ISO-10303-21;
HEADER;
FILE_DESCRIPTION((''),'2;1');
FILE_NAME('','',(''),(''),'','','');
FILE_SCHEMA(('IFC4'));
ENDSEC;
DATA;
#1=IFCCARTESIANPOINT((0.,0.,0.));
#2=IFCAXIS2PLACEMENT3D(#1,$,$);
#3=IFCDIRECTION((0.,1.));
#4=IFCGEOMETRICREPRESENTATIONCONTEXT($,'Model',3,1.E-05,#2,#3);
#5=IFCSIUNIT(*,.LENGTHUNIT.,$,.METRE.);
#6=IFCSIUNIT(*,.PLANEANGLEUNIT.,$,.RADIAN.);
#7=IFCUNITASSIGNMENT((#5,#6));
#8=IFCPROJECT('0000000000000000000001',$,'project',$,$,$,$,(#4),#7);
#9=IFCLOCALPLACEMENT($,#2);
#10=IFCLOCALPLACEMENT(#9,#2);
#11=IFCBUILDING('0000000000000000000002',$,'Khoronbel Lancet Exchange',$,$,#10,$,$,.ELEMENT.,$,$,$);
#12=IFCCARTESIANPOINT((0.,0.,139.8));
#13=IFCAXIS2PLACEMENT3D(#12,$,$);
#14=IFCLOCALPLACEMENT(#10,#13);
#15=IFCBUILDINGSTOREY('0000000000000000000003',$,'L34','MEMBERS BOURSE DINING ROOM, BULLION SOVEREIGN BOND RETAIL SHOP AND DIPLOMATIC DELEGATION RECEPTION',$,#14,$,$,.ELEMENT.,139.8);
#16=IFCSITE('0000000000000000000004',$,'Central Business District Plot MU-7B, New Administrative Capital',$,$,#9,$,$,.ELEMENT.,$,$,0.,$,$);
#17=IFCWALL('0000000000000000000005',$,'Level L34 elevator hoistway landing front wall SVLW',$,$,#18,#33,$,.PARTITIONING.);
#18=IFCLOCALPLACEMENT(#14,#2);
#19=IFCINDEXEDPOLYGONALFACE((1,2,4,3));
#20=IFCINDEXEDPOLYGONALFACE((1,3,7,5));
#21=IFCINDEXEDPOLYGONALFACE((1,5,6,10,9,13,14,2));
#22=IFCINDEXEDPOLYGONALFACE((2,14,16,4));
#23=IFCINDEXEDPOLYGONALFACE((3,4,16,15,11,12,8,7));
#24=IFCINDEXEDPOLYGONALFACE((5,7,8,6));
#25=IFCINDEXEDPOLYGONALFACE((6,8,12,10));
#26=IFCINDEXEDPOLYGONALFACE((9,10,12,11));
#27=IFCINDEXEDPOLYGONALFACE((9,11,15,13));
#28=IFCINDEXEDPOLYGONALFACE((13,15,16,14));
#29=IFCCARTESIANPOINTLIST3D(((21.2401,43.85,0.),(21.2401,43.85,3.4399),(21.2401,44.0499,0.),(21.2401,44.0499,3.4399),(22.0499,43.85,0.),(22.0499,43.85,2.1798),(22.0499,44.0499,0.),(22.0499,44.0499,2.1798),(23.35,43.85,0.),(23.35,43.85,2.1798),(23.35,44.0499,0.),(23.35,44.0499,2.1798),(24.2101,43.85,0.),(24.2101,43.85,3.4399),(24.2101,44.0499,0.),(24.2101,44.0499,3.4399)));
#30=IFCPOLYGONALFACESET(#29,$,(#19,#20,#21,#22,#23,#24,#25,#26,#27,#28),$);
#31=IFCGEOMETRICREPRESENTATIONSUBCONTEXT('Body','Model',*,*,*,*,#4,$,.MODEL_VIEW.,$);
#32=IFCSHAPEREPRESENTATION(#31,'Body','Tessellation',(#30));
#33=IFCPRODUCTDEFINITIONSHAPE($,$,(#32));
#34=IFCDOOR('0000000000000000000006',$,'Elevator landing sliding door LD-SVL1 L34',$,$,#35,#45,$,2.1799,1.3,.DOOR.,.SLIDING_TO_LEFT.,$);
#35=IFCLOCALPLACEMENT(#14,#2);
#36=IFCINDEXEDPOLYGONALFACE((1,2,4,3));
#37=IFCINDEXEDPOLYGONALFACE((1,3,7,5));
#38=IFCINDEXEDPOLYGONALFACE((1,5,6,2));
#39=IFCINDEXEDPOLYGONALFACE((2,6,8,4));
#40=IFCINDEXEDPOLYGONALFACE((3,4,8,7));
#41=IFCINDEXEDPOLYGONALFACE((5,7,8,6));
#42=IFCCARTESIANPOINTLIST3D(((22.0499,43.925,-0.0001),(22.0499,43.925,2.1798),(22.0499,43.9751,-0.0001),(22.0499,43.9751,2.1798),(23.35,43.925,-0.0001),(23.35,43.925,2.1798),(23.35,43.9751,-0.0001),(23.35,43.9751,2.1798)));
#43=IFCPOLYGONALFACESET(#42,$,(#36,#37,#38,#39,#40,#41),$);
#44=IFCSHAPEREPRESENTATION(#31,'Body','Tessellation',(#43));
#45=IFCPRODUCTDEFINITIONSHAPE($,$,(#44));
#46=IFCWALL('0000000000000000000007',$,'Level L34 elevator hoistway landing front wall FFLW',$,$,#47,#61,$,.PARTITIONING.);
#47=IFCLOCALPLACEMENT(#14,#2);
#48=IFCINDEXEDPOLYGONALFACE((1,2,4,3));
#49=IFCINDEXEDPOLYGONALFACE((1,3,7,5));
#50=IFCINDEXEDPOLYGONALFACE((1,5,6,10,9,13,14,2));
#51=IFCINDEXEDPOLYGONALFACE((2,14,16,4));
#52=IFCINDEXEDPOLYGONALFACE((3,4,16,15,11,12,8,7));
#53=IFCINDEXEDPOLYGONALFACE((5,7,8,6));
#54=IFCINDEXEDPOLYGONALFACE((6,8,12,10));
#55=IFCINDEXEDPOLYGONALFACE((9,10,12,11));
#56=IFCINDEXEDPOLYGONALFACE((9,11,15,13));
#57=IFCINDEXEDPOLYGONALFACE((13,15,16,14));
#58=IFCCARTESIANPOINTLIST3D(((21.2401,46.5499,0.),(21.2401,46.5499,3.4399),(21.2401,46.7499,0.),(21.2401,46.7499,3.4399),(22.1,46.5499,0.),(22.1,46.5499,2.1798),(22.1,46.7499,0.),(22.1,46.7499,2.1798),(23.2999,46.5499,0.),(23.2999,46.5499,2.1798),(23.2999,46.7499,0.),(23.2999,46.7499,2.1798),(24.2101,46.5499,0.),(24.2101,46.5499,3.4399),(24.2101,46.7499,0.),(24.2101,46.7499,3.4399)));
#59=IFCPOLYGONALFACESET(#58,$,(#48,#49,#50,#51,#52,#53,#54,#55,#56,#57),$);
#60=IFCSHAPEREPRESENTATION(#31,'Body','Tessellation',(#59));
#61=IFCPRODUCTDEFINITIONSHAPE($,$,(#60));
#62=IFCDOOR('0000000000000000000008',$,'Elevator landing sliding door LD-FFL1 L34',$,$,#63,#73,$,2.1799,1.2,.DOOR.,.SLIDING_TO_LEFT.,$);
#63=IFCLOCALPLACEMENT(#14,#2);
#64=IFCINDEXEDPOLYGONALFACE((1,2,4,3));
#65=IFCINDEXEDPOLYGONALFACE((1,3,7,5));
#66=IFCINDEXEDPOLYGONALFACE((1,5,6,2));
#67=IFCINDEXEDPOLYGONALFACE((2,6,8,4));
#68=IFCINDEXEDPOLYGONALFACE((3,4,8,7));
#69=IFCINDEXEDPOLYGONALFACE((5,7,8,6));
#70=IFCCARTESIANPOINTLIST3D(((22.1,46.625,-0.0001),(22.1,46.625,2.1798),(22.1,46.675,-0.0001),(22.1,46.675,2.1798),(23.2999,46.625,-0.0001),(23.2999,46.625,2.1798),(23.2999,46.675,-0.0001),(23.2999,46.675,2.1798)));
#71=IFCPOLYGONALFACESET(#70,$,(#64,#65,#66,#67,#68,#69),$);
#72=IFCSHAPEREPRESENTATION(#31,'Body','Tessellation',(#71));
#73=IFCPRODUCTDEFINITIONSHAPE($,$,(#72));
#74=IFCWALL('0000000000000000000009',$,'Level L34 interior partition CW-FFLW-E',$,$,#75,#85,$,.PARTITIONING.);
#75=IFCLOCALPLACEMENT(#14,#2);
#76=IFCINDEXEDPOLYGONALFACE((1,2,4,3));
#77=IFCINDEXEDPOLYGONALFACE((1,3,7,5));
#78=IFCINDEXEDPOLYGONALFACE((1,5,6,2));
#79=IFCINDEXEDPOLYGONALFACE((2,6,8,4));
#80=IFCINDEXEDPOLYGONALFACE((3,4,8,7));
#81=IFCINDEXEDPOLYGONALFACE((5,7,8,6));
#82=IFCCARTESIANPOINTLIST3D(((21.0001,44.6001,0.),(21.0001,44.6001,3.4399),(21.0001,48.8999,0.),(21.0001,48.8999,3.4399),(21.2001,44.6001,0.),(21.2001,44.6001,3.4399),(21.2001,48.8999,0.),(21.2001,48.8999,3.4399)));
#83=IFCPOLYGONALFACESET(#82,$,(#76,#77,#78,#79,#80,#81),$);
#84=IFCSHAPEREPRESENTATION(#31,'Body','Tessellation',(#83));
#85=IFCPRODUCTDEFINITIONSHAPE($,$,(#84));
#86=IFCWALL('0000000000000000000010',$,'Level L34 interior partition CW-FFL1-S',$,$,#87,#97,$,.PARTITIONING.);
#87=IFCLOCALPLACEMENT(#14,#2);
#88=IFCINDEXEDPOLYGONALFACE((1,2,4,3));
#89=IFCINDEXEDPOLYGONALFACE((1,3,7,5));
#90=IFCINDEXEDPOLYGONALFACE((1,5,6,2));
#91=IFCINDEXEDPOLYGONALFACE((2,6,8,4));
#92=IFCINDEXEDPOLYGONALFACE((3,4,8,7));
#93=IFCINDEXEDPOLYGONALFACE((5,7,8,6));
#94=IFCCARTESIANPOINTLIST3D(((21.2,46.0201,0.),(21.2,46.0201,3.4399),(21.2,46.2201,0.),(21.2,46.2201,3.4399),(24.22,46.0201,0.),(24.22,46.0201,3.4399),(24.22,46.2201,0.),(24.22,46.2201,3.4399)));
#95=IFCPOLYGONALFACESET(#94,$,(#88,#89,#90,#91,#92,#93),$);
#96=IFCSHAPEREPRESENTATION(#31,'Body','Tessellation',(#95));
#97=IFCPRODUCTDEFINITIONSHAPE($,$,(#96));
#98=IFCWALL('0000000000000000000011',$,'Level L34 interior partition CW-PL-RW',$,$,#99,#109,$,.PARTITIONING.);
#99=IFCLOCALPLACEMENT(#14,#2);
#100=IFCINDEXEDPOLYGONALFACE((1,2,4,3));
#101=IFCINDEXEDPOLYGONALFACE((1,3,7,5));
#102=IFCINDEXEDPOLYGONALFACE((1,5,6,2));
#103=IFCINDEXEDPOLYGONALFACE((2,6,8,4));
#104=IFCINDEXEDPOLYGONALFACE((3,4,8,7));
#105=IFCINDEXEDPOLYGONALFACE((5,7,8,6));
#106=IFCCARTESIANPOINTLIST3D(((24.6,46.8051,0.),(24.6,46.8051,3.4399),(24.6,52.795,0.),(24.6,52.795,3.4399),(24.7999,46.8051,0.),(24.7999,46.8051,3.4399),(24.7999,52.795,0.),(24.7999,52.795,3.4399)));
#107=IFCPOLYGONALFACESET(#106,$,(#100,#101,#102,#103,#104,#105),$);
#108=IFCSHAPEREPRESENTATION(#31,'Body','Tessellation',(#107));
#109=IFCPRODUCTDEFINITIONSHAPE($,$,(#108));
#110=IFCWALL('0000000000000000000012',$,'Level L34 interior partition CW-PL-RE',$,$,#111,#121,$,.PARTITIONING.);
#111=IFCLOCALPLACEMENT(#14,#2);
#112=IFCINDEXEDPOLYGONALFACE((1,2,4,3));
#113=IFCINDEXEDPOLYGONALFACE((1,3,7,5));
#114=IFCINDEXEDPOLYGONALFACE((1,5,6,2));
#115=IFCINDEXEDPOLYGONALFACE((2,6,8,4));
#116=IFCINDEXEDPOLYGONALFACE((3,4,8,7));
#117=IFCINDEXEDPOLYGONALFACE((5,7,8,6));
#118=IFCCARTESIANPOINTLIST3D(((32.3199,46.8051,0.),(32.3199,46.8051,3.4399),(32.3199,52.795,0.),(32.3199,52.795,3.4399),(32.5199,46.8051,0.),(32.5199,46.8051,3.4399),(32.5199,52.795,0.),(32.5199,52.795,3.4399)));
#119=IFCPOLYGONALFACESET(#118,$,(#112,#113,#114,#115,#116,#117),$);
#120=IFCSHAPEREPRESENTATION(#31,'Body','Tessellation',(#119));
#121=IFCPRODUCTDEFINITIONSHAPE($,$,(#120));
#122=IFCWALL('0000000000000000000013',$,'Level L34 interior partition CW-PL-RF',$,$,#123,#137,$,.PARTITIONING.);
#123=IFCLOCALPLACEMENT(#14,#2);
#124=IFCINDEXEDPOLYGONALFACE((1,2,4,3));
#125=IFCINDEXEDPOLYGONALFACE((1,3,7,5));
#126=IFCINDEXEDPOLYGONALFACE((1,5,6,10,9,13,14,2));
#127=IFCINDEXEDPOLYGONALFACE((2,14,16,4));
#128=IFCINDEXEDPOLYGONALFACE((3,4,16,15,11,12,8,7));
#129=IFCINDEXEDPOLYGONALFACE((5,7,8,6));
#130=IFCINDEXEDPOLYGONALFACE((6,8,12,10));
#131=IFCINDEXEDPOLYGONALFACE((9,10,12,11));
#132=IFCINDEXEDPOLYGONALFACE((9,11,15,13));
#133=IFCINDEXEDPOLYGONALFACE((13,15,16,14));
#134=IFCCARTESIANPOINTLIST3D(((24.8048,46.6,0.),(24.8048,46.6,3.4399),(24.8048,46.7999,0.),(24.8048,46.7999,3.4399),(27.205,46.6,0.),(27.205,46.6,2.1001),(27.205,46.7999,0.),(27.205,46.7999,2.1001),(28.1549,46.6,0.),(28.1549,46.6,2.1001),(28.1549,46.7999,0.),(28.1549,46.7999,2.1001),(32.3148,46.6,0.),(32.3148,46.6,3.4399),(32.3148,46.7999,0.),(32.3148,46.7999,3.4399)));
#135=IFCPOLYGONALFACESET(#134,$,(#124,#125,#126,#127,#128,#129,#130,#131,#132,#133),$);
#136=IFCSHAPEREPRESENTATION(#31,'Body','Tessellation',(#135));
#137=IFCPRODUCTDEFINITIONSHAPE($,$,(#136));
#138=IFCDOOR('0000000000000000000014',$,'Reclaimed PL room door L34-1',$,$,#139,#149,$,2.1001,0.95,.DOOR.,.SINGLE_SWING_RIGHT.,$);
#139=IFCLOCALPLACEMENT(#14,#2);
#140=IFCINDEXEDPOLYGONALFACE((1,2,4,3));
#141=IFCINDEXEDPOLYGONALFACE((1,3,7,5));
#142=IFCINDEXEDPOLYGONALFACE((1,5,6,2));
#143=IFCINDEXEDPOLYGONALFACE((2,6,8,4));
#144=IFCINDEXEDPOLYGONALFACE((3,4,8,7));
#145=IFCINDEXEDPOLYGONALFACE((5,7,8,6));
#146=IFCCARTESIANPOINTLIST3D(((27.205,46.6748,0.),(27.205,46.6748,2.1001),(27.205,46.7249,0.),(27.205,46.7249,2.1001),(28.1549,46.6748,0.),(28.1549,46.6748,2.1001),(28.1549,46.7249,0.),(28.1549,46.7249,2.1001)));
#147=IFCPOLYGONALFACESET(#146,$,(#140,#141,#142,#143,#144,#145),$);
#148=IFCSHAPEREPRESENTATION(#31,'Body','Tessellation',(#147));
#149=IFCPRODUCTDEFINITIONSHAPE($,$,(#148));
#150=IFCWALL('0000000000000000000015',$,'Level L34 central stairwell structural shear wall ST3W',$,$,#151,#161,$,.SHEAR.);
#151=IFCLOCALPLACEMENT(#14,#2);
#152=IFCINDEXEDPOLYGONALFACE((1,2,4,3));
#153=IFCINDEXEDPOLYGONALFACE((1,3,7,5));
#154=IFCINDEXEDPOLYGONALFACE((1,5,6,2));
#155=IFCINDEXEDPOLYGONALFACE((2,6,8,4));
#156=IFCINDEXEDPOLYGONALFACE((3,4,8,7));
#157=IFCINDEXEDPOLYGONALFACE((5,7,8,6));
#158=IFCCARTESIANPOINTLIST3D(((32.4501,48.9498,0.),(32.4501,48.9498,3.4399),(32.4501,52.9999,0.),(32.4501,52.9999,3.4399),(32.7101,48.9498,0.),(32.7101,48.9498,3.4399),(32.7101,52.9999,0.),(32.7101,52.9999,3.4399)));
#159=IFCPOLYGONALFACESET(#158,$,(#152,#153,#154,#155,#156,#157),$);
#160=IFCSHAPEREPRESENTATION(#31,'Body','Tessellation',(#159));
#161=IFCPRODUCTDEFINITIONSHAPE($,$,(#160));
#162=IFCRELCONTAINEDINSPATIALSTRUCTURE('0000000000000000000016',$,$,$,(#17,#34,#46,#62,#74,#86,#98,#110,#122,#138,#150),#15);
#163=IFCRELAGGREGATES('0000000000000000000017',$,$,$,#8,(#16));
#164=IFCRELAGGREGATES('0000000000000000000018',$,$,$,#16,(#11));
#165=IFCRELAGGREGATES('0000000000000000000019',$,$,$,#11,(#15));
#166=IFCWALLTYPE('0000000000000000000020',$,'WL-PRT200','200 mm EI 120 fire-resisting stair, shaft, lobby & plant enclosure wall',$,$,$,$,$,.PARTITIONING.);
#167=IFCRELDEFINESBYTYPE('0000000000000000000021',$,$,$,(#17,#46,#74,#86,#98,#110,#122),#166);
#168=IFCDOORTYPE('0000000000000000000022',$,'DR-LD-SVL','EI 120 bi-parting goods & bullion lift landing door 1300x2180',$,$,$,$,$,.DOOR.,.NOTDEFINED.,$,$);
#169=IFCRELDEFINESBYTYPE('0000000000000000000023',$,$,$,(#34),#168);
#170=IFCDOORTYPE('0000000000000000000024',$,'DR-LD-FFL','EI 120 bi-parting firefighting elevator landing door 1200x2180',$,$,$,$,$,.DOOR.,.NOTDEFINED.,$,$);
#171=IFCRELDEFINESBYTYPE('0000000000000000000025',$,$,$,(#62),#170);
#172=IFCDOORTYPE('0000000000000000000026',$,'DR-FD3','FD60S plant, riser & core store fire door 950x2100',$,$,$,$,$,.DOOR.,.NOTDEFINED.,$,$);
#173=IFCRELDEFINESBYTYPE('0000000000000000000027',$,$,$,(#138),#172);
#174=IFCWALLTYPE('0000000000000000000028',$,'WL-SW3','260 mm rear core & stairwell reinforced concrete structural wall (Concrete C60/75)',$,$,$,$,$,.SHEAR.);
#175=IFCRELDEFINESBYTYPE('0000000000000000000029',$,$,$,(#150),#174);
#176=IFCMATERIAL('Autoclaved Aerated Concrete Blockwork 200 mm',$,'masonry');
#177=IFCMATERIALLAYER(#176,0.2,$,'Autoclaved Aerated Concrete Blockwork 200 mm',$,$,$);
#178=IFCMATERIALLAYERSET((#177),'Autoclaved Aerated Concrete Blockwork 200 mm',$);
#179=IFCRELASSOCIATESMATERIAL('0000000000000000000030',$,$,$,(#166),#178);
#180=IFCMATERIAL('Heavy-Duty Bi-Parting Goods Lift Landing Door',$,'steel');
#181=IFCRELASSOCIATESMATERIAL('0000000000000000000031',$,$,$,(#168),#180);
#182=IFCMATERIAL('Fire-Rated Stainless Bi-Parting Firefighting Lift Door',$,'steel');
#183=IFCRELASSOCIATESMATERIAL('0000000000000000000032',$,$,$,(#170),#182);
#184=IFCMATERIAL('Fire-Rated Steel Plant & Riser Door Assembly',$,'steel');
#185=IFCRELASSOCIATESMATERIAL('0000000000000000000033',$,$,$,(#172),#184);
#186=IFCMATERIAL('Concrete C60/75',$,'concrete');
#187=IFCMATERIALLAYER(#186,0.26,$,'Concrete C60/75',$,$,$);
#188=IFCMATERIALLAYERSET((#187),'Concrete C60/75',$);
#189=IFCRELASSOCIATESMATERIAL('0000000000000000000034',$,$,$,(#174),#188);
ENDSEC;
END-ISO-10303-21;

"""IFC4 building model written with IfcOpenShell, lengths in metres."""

from ifc_helpers import new_model, si_unit, direction, frame, frame_2d, origin, place, context, subcontext, project, spatial, rectangle, extrude, material, layer, layer_set, type_object, element, fill, save


model = new_model("IFC4")

# Units and contexts
model_context = context("Model", 3, precision=1e-05, world=origin(), true_north=direction((0.0, 1.0)))
body_context = subcontext(model_context, "Body", "Model", "MODEL_VIEW")
ifc_project = project(units=[si_unit("LENGTHUNIT", "METRE"), si_unit("PLANEANGLEUNIT", "RADIAN")], contexts=[model_context])

# Site, building, storey
site_placement = place(None, origin())
site = spatial("IfcSite", under=ifc_project, at=site_placement, Name="Central Business District Plot MU-7B, New Administrative Capital", CompositionType="ELEMENT", RefElevation=0.0)
building_placement = place(site_placement, origin())
building = spatial("IfcBuilding", under=site, at=building_placement, Name="Khoronbel Lancet Exchange", CompositionType="ELEMENT")
storey_placement = place(building_placement, frame((0.0, 0.0, 139.8)))
storey = spatial("IfcBuildingStorey", under=building, at=storey_placement, Name="L34", Description="MEMBERS BOURSE DINING ROOM, BULLION SOVEREIGN BOND RETAIL SHOP AND DIPLOMATIC DELEGATION RECEPTION", CompositionType="ELEMENT", Elevation=139.8)

# Shared definitions
ifc_material_1 = material(Name="Autoclaved Aerated Concrete Blockwork 200 mm", Category="masonry")
ifc_layer_1 = layer(ifc_material_1, 0.2, Name="Autoclaved Aerated Concrete Blockwork 200 mm")
ifc_layer_set_1 = layer_set([ifc_layer_1], Name="Autoclaved Aerated Concrete Blockwork 200 mm")
wall_type_1 = type_object("IfcWallType", Name="WL-PRT200", Description="200 mm EI 120 fire-resisting stair, shaft, lobby & plant enclosure wall", PredefinedType="PARTITIONING", material=ifc_layer_set_1)

# Walls, openings, doors
wall_1_placement = place(storey_placement, frame((24.21, 43.95, 0.0), z_axis=(0.0, 0.0, 1.0), x_axis=(-1.0, 0.0, 0.0)))
wall_1 = element("IfcWall", 1, at=wall_1_placement, inside=storey, type_object=wall_type_1, Name="Level L34 elevator hoistway landing front wall SVLW", PredefinedType="PARTITIONING", context=body_context, shape_type="SweptSolid", body=[
    extrude(rectangle(XDim=2.97, YDim=0.2, at=frame_2d((1.4849, 0.0))), origin(), (0.0, 0.0, 1.0), 3.4399),
])
opening_1_placement = place(wall_1_placement, frame((0.8601, 0.0, 0.0)))
opening_1 = element("IfcOpeningElement", 2, at=opening_1_placement, cuts=wall_1, PredefinedType="OPENING", context=body_context, shape_type="SweptSolid", body=[
    extrude(rectangle(XDim=1.3, YDim=2.1799, at=frame_2d((0.6499, 1.0898))), frame((0.0, 0.1099, 0.0), z_axis=(0.0, -1.0, 0.0), x_axis=(1.0, 0.0, 0.0)), (0.0, 0.0, 1.0), 0.22),
])
ifc_material_2 = material(Name="Heavy-Duty Bi-Parting Goods Lift Landing Door", Category="steel")
door_type_1 = type_object("IfcDoorType", Name="DR-LD-SVL", Description="EI 120 bi-parting goods & bullion lift landing door 1300x2180", OperationType="NOTDEFINED", PredefinedType="DOOR", material=ifc_material_2)
door_1_placement = place(opening_1_placement, origin())
door_1 = element("IfcDoor", 3, at=door_1_placement, inside=storey, type_object=door_type_1, Name="Elevator landing sliding door LD-SVL1 L34", OperationType="SLIDING_TO_LEFT", OverallHeight=2.1799, OverallWidth=1.3, PredefinedType="DOOR", context=body_context, shape_type="SweptSolid", body=[
    extrude(rectangle(XDim=1.3, YDim=2.1799, at=frame_2d((0.6499, 1.0898))), frame((0.0, 0.0249, 0.0), z_axis=(0.0, -1.0, 0.0), x_axis=(1.0, 0.0, 0.0)), (0.0, 0.0, 1.0), 0.05),
])
fill(opening_1, door_1)
wall_2_placement = place(storey_placement, frame((24.21, 46.6499, 0.0), z_axis=(0.0, 0.0, 1.0), x_axis=(-1.0, 0.0, 0.0)))
wall_2 = element("IfcWall", 4, at=wall_2_placement, inside=storey, type_object=wall_type_1, Name="Level L34 elevator hoistway landing front wall FFLW", PredefinedType="PARTITIONING", context=body_context, shape_type="SweptSolid", body=[
    extrude(rectangle(XDim=2.97, YDim=0.2, at=frame_2d((1.4849, 0.0))), origin(), (0.0, 0.0, 1.0), 3.4399),
])
opening_2_placement = place(wall_2_placement, frame((0.9099, 0.0, 0.0)))
opening_2 = element("IfcOpeningElement", 5, at=opening_2_placement, cuts=wall_2, PredefinedType="OPENING", context=body_context, shape_type="SweptSolid", body=[
    extrude(rectangle(XDim=1.2, YDim=2.1799, at=frame_2d((0.6001, 1.0898))), frame((0.0, 0.1099, 0.0), z_axis=(0.0, -1.0, 0.0), x_axis=(1.0, 0.0, 0.0)), (0.0, 0.0, 1.0), 0.22),
])
ifc_material_3 = material(Name="Fire-Rated Stainless Bi-Parting Firefighting Lift Door", Category="steel")
door_type_2 = type_object("IfcDoorType", Name="DR-LD-FFL", Description="EI 120 bi-parting firefighting elevator landing door 1200x2180", OperationType="NOTDEFINED", PredefinedType="DOOR", material=ifc_material_3)
door_2_placement = place(opening_2_placement, origin())
door_2 = element("IfcDoor", 6, at=door_2_placement, inside=storey, type_object=door_type_2, Name="Elevator landing sliding door LD-FFL1 L34", OperationType="SLIDING_TO_LEFT", OverallHeight=2.1799, OverallWidth=1.2, PredefinedType="DOOR", context=body_context, shape_type="SweptSolid", body=[
    extrude(rectangle(XDim=1.2, YDim=2.1799, at=frame_2d((0.6001, 1.0898))), frame((0.0, 0.0249, 0.0), z_axis=(0.0, -1.0, 0.0), x_axis=(1.0, 0.0, 0.0)), (0.0, 0.0, 1.0), 0.05),
])
fill(opening_2, door_2)

# Walls
wall_3_placement = place(storey_placement, frame((21.1001, 44.6001, 0.0), z_axis=(0.0, 0.0, 1.0), x_axis=(0.0, 1.0, 0.0)))
element("IfcWall", 7, at=wall_3_placement, inside=storey, type_object=wall_type_1, Name="Level L34 interior partition CW-FFLW-E", PredefinedType="PARTITIONING", context=body_context, shape_type="SweptSolid", body=[
    extrude(rectangle(XDim=4.2998, YDim=0.2, at=frame_2d((2.1499, 0.0))), origin(), (0.0, 0.0, 1.0), 3.4399),
])
wall_4_placement = place(storey_placement, frame((21.2, 46.1201, 0.0), z_axis=(0.0, 0.0, 1.0), x_axis=(1.0, 0.0, 0.0)))
element("IfcWall", 8, at=wall_4_placement, inside=storey, type_object=wall_type_1, Name="Level L34 interior partition CW-FFL1-S", PredefinedType="PARTITIONING", context=body_context, shape_type="SweptSolid", body=[
    extrude(rectangle(XDim=3.02, YDim=0.2, at=frame_2d((1.51, 0.0))), origin(), (0.0, 0.0, 1.0), 3.4399),
])
for number, where, z_axis, x_axis, name in (
    (9, (24.7, 46.8049, 0.0), (0.0, 0.0, 1.0), (0.0, 1.0, 0.0), "Level L34 interior partition CW-PL-RW"),
    (10, (32.4199, 46.8049, 0.0), (0.0, 0.0, 1.0), (0.0, 1.0, 0.0), "Level L34 interior partition CW-PL-RE"),
):
    element("IfcWall", number, at=place(storey_placement, frame(where, z_axis=z_axis, x_axis=x_axis)), inside=storey, type_object=wall_type_1, Name=name, PredefinedType="PARTITIONING", context=body_context, shape_type="SweptSolid", body=[
        extrude(rectangle(XDim=5.99, YDim=0.2, at=frame_2d((2.9951, 0.0))), origin(), (0.0, 0.0, 1.0), 3.4399),
    ])

# Wall, opening, door
wall_5_placement = place(storey_placement, frame((24.8049, 46.7, 0.0), z_axis=(0.0, 0.0, 1.0), x_axis=(1.0, 0.0, 0.0)))
wall_5 = element("IfcWall", 11, at=wall_5_placement, inside=storey, type_object=wall_type_1, Name="Level L34 interior partition CW-PL-RF", PredefinedType="PARTITIONING", context=body_context, shape_type="SweptSolid", body=[
    extrude(rectangle(XDim=7.51, YDim=0.2, at=frame_2d((3.7549, 0.0))), origin(), (0.0, 0.0, 1.0), 3.4399),
])
opening_3_placement = place(wall_5_placement, frame((2.3999, 0.0, 0.0)))
opening_3 = element("IfcOpeningElement", 12, at=opening_3_placement, cuts=wall_5, PredefinedType="OPENING", context=body_context, shape_type="SweptSolid", body=[
    extrude(rectangle(XDim=0.95, YDim=2.1001, at=frame_2d((0.4751, 1.05))), frame((0.0, 0.1099, 0.0), z_axis=(0.0, -1.0, 0.0), x_axis=(1.0, 0.0, 0.0)), (0.0, 0.0, 1.0), 0.22),
])
ifc_material_4 = material(Name="Fire-Rated Steel Plant & Riser Door Assembly", Category="steel")
door_type_3 = type_object("IfcDoorType", Name="DR-FD3", Description="FD60S plant, riser & core store fire door 950x2100", OperationType="NOTDEFINED", PredefinedType="DOOR", material=ifc_material_4)
door_3_placement = place(opening_3_placement, origin())
door_3 = element("IfcDoor", 13, at=door_3_placement, inside=storey, type_object=door_type_3, Name="Reclaimed PL room door L34-1", OperationType="SINGLE_SWING_RIGHT", OverallHeight=2.1001, OverallWidth=0.95, PredefinedType="DOOR", context=body_context, shape_type="SweptSolid", body=[
    extrude(rectangle(XDim=0.95, YDim=2.1001, at=frame_2d((0.4751, 1.05))), frame((0.0, 0.0249, 0.0), z_axis=(0.0, -1.0, 0.0), x_axis=(1.0, 0.0, 0.0)), (0.0, 0.0, 1.0), 0.05),
])
fill(opening_3, door_3)

# Wall
ifc_material_5 = material(Name="Concrete C60/75", Category="concrete")
ifc_layer_2 = layer(ifc_material_5, 0.26, Name="Concrete C60/75")
ifc_layer_set_2 = layer_set([ifc_layer_2], Name="Concrete C60/75")
wall_type_2 = type_object("IfcWallType", Name="WL-SW3", Description="260 mm rear core & stairwell reinforced concrete structural wall (Concrete C60/75)", PredefinedType="SHEAR", material=ifc_layer_set_2)
wall_6_placement = place(storey_placement, frame((32.5801, 48.95, 0.0), z_axis=(0.0, 0.0, 1.0), x_axis=(0.0, 1.0, 0.0)))
element("IfcWall", 14, at=wall_6_placement, inside=storey, type_object=wall_type_2, Name="Level L34 central stairwell structural shear wall ST3W", PredefinedType="SHEAR", context=body_context, shape_type="SweptSolid", body=[
    extrude(rectangle(XDim=4.05, YDim=0.26, at=frame_2d((2.0249, 0.0))), origin(), (0.0, 0.0, 1.0), 3.4399),
])

save(model, "model.ifc")
